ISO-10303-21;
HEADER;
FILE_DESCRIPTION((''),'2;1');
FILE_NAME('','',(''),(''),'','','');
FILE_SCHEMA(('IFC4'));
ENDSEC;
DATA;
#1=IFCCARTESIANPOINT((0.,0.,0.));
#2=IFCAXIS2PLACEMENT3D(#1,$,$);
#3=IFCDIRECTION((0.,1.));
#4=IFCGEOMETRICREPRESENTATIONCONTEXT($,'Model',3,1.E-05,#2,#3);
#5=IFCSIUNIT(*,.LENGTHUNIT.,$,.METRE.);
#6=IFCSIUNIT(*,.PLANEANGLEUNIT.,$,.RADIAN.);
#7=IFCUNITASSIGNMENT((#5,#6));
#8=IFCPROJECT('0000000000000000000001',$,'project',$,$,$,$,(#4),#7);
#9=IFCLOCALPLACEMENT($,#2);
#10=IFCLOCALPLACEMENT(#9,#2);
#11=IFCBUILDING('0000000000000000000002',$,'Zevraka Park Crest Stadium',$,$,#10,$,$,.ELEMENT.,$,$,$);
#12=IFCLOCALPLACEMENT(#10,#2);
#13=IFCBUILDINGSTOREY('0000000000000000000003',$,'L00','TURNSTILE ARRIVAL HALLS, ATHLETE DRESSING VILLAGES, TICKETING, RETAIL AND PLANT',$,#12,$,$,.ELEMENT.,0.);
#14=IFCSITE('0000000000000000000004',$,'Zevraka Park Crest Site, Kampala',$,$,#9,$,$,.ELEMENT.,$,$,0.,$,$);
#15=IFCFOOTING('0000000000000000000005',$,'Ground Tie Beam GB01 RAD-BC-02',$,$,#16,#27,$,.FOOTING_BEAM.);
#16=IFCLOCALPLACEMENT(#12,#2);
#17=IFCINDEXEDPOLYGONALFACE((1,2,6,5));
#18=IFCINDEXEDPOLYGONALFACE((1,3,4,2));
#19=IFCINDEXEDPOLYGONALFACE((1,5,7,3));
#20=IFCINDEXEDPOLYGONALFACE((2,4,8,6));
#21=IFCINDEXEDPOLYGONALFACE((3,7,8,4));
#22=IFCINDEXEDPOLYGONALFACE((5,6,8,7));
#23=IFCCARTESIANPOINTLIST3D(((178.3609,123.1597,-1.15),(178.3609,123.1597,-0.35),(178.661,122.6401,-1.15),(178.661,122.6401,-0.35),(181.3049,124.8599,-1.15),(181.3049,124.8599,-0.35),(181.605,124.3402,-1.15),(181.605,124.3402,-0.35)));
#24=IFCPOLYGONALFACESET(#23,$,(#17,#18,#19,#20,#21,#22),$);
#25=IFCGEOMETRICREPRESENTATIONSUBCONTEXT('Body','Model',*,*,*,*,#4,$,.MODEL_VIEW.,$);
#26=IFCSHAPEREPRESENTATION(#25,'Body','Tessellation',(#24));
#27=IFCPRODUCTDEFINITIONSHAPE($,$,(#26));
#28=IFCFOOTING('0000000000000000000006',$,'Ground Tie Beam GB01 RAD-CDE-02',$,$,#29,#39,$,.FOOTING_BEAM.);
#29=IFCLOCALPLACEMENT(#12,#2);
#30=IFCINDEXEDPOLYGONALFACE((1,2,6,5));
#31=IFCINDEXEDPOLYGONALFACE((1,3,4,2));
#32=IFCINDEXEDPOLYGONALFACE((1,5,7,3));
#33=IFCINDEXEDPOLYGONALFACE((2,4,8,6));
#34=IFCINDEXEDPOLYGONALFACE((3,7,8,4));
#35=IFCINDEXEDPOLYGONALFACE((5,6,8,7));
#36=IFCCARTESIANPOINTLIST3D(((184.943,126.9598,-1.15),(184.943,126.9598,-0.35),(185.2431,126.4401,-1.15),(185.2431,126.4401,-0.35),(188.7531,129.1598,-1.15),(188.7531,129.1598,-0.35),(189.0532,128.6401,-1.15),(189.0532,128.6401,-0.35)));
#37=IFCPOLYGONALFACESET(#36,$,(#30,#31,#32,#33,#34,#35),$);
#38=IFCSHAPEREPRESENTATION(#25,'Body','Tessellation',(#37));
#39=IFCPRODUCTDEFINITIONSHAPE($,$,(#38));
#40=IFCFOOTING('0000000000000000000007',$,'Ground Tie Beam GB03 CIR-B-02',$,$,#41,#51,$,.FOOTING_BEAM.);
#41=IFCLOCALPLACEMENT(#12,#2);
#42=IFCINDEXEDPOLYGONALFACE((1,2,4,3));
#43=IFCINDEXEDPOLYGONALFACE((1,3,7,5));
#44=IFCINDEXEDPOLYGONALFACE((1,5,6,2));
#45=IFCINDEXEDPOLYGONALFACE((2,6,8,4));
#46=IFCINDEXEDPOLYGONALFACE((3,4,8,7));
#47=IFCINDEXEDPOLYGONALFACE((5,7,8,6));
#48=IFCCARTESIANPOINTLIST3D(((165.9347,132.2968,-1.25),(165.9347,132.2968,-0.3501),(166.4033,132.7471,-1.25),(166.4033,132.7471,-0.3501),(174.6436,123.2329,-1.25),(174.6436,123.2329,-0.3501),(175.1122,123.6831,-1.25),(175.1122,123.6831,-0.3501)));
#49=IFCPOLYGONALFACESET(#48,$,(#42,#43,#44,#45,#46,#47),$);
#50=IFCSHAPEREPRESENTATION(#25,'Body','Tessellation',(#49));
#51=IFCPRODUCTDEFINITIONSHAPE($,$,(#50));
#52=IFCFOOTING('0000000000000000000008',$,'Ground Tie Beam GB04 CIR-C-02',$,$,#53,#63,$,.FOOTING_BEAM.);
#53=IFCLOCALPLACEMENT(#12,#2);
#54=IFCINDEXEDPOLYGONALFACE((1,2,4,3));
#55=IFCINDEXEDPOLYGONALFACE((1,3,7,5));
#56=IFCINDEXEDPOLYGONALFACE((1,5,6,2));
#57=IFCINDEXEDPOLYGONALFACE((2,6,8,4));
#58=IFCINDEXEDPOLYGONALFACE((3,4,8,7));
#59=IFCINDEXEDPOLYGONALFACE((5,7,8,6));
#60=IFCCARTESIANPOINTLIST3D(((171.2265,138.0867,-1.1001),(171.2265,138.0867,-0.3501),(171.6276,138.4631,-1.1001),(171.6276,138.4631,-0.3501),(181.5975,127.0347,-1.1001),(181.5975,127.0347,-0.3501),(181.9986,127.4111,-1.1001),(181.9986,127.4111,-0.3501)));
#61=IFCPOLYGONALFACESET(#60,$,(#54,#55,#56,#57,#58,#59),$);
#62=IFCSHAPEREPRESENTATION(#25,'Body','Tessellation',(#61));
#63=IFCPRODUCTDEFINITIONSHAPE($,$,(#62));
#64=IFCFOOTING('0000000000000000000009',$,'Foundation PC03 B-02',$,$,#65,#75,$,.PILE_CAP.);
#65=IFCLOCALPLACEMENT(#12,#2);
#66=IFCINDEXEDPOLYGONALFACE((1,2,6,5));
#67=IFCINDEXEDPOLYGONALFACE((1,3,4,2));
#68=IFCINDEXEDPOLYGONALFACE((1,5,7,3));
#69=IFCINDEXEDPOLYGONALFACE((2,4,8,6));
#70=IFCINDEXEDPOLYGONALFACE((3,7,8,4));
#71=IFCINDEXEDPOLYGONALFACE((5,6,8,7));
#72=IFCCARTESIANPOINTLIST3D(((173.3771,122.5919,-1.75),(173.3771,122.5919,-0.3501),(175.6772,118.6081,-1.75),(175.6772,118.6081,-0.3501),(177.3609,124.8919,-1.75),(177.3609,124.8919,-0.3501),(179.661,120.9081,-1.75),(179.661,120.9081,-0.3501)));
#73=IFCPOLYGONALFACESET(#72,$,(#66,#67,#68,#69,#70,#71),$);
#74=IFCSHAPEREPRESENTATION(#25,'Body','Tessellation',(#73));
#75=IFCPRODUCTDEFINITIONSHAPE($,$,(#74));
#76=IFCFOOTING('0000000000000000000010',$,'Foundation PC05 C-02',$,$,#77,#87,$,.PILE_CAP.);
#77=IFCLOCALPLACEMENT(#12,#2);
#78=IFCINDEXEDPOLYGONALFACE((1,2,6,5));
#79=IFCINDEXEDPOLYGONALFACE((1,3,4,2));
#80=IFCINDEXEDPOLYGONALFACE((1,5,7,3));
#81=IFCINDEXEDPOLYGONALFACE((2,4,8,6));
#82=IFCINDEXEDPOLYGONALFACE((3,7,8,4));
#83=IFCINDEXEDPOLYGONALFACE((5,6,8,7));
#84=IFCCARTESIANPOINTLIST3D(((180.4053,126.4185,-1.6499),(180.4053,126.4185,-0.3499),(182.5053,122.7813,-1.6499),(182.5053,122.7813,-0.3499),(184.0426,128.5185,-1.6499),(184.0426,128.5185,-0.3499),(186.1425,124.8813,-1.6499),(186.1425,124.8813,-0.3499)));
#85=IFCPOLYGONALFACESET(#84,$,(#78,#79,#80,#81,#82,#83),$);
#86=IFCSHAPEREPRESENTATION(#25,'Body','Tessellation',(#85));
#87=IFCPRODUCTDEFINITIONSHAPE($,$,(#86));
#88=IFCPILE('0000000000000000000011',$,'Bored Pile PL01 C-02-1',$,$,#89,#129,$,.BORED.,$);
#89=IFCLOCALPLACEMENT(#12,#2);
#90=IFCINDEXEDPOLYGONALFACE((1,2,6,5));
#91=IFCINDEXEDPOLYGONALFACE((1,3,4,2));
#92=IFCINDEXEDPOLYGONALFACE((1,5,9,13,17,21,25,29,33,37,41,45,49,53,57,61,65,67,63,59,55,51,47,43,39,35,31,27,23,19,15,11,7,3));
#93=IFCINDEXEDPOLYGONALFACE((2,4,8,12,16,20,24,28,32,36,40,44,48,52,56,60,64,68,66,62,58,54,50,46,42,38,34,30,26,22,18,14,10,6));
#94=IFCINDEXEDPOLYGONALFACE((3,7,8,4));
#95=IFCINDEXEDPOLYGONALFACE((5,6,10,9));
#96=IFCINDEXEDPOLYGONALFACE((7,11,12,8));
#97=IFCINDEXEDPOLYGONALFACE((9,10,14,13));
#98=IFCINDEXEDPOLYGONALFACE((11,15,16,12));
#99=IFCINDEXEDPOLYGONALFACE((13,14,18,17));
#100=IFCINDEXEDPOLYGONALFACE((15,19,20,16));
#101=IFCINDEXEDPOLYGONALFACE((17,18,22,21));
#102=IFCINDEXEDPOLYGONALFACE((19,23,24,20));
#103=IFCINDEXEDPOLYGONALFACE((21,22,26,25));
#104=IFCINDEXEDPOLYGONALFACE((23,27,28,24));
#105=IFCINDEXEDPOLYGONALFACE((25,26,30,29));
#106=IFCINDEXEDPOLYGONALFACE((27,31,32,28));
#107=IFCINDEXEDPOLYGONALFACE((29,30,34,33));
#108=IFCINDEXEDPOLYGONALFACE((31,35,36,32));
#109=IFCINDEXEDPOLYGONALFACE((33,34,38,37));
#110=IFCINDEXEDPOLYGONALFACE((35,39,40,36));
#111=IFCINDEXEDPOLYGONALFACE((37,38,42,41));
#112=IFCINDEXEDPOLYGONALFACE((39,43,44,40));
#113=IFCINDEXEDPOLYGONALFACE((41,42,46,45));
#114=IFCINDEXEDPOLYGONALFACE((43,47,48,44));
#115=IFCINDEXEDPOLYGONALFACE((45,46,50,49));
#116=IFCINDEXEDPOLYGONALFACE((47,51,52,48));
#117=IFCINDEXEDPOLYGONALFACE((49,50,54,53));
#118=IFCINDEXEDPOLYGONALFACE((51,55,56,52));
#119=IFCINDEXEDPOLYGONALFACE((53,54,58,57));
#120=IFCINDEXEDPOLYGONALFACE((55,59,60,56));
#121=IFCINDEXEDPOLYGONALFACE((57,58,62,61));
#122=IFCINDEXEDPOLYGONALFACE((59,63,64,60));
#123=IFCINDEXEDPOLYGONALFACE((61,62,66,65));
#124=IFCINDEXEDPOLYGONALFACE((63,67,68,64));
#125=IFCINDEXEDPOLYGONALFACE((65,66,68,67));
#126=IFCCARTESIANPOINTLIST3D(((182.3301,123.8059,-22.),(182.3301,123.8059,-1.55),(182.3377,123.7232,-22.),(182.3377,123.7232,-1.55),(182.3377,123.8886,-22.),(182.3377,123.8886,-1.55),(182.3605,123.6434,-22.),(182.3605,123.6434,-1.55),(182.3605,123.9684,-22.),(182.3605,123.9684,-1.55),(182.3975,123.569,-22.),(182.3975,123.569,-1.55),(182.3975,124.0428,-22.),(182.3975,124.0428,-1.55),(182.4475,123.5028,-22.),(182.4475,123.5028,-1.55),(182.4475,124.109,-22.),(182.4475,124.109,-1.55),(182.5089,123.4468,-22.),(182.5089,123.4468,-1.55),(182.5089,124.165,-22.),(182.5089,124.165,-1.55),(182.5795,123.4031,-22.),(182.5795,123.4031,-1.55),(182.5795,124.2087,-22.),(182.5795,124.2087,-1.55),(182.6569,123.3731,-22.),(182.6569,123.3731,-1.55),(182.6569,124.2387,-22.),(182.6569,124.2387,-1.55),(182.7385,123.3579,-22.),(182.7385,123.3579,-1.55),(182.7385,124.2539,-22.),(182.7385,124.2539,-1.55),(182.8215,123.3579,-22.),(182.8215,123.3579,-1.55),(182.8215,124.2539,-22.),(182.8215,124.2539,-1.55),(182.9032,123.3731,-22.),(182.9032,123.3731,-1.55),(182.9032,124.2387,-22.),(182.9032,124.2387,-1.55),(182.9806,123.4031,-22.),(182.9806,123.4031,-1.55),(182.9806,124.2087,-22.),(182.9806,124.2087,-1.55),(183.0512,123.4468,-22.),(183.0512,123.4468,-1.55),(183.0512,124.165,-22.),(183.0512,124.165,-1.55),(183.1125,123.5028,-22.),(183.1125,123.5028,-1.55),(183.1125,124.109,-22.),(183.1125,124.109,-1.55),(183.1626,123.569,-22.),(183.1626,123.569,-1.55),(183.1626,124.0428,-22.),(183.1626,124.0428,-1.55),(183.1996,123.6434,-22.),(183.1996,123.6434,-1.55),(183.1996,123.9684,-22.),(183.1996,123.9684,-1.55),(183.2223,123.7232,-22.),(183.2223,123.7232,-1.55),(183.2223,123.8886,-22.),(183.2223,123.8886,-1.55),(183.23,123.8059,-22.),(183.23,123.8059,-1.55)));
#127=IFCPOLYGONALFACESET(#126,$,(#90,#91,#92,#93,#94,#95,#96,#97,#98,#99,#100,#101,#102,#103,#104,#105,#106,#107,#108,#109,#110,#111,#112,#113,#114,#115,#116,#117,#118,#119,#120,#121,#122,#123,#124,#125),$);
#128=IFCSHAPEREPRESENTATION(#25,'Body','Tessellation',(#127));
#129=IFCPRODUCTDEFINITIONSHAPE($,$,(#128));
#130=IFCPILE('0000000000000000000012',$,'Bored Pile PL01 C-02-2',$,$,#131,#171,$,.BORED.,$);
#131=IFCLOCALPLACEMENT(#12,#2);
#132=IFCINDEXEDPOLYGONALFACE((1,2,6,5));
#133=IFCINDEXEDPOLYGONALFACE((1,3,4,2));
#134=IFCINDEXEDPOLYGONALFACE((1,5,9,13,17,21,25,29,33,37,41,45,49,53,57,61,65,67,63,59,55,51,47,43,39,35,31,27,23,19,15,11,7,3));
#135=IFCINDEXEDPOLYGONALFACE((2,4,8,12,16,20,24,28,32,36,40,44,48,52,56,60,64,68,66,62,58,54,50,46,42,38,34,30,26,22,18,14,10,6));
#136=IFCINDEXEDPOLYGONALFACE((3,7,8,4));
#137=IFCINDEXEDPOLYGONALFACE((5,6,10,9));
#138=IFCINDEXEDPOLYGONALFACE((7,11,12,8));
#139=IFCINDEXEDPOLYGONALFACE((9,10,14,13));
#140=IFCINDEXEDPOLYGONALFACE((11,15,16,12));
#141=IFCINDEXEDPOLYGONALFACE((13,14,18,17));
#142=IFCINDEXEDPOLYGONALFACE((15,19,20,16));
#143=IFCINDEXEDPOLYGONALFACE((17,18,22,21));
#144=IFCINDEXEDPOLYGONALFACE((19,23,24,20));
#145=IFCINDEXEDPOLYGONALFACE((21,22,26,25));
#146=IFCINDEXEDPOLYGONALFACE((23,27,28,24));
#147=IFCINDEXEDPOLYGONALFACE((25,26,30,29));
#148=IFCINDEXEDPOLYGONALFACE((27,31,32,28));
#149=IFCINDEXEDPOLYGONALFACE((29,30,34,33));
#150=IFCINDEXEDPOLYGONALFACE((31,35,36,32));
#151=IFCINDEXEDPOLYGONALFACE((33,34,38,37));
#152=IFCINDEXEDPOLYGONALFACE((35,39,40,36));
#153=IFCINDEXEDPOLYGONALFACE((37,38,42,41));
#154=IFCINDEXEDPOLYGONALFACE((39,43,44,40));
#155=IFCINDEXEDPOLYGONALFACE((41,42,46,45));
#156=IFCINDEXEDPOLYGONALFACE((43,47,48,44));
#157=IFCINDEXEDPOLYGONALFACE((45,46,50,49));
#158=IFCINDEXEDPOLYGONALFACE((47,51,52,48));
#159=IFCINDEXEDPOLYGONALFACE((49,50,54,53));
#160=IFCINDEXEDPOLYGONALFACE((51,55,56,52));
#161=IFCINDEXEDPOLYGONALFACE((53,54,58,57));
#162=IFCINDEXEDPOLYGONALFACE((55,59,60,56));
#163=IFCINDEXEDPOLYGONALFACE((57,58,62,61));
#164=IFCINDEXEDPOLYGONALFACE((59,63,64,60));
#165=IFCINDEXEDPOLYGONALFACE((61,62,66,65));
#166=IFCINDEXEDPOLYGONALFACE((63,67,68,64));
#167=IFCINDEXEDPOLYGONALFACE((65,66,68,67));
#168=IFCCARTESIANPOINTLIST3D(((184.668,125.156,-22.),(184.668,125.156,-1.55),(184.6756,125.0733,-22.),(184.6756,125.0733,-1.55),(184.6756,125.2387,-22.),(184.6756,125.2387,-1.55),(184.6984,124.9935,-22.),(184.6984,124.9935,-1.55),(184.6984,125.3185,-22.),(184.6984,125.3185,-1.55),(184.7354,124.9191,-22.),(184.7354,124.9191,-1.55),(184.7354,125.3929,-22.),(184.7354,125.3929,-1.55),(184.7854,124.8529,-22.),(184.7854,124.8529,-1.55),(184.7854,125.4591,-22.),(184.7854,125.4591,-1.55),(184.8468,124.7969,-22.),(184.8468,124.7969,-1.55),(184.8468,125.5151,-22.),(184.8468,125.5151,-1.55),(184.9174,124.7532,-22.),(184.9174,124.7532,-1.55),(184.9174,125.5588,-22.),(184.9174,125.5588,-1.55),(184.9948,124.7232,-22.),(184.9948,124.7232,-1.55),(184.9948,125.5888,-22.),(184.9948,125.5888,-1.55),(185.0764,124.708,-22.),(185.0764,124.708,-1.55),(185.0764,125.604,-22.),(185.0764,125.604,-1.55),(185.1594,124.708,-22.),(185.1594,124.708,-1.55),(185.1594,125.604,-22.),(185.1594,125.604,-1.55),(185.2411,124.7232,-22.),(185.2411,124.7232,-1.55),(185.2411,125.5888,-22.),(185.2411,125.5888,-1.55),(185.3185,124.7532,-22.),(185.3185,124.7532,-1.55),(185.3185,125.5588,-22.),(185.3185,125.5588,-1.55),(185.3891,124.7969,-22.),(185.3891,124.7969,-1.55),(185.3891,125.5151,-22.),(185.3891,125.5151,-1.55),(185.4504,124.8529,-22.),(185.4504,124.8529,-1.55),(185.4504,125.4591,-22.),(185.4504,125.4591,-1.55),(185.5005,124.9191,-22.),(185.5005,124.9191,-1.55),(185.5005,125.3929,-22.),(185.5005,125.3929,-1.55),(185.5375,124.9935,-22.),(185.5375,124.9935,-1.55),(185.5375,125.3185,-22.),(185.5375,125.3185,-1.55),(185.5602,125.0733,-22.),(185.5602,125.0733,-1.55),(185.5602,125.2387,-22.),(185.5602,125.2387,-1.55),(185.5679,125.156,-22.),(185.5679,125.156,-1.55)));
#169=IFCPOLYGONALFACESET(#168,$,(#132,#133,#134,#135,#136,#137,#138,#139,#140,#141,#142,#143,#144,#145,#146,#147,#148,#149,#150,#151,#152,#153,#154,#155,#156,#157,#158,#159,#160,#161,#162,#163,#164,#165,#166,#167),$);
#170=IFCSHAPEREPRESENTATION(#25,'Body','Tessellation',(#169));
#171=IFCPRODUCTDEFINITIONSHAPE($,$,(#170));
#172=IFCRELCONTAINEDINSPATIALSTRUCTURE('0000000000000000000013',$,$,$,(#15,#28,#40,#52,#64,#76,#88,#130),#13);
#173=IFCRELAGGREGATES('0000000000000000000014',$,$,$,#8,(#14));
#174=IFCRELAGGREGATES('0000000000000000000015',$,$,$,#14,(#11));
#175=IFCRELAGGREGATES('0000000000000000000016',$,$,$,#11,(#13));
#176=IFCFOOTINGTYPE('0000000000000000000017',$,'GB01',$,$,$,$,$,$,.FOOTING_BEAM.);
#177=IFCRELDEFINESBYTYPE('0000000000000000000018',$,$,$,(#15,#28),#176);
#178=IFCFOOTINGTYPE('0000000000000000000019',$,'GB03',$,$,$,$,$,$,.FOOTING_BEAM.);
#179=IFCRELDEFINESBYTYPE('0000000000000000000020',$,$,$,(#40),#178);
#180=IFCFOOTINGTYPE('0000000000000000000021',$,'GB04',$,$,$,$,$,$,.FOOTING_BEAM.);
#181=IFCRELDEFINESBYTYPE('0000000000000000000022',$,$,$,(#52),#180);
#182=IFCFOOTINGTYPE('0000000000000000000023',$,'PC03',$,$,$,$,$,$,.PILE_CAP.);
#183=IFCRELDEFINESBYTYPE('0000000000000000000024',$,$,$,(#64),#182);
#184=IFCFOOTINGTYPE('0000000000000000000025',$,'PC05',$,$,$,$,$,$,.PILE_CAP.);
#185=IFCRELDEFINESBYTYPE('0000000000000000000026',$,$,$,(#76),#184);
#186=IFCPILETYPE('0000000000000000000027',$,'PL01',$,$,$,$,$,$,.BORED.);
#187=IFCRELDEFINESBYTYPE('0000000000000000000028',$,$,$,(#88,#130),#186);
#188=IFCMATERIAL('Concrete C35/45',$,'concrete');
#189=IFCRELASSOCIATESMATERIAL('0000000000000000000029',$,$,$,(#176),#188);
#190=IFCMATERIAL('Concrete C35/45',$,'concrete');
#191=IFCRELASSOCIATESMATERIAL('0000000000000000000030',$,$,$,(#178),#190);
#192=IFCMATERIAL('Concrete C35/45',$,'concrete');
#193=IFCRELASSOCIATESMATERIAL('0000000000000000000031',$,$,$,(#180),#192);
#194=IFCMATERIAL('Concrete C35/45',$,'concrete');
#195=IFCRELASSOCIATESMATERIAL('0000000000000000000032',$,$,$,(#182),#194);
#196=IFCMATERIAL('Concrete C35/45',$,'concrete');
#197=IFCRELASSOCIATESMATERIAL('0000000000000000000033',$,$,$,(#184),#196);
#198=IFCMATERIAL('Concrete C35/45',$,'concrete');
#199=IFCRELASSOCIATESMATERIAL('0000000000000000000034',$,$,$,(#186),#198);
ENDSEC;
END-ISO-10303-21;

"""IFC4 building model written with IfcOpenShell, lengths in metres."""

from ifc_helpers import new_model, si_unit, direction, frame, origin, origin_2d, place, context, subcontext, project, spatial, rectangle, circle, extrude, material, material_profile, profile_set, type_object, element, save


model = new_model("IFC4")

# Units and contexts
model_context = context("Model", 3, precision=1e-05, world=origin(), true_north=direction((0.0, 1.0)))
body_context = subcontext(model_context, "Body", "Model", "MODEL_VIEW")
ifc_project = project(units=[si_unit("LENGTHUNIT", "METRE"), si_unit("PLANEANGLEUNIT", "RADIAN")], contexts=[model_context])

# Site, building, storey
site_placement = place(None, origin())
site = spatial("IfcSite", under=ifc_project, at=site_placement, Name="Zevraka Park Crest Site, Kampala", CompositionType="ELEMENT", RefElevation=0.0)
building_placement = place(site_placement, origin())
building = spatial("IfcBuilding", under=site, at=building_placement, Name="Zevraka Park Crest Stadium", CompositionType="ELEMENT")
storey_placement = place(building_placement, origin())
storey = spatial("IfcBuildingStorey", under=building, at=storey_placement, Name="L00", Description="TURNSTILE ARRIVAL HALLS, ATHLETE DRESSING VILLAGES, TICKETING, RETAIL AND PLANT", CompositionType="ELEMENT", Elevation=0.0)

# Footings
ifc_material_1 = material(Name="Concrete C35/45", Category="concrete")
ifc_material_profile_1 = material_profile(ifc_material_1, rectangle(XDim=0.6001, YDim=0.8, at=origin_2d()), Name="GB 800x600")
ifc_profile_set_1 = profile_set([ifc_material_profile_1], Name="Concrete C35/45")
footing_type_1 = type_object("IfcFootingType", Name="GB01", PredefinedType="FOOTING_BEAM", material=ifc_profile_set_1)
footing_1_placement = place(storey_placement, frame((178.511, 122.8999, -0.75), z_axis=(0.865972, 0.500093, 0.0), x_axis=(-0.500093, 0.865972, 0.0)))
element("IfcFooting", 1, at=footing_1_placement, inside=storey, type_object=footing_type_1, Name="Ground Tie Beam GB01 RAD-BC-02", PredefinedType="FOOTING_BEAM", context=body_context, shape_type="SweptSolid", body=[
    extrude(rectangle(XDim=0.6001, YDim=0.8, at=origin_2d()), origin(), (0.0, 0.0, 1.0), 3.3997),
])
footing_2_placement = place(storey_placement, frame((185.093, 126.7, -0.75), z_axis=(0.866004, 0.500036, 0.0), x_axis=(-0.500036, 0.866004, 0.0)))
element("IfcFooting", 2, at=footing_2_placement, inside=storey, type_object=footing_type_1, Name="Ground Tie Beam GB01 RAD-CDE-02", PredefinedType="FOOTING_BEAM", context=body_context, shape_type="SweptSolid", body=[
    extrude(rectangle(XDim=0.6001, YDim=0.8, at=origin_2d()), origin(), (0.0, 0.0, 1.0), 4.3997),
])
ifc_material_2 = material(Name="Concrete C35/45", Category="concrete")
ifc_material_profile_2 = material_profile(ifc_material_2, rectangle(XDim=0.6499, YDim=0.8999, at=origin_2d()), Name="GB 900x650")
ifc_profile_set_2 = profile_set([ifc_material_profile_2], Name="Concrete C35/45")
footing_type_2 = type_object("IfcFootingType", Name="GB03", PredefinedType="FOOTING_BEAM", material=ifc_profile_set_2)
footing_3_placement = place(storey_placement, frame((174.8779, 123.458, -0.8), z_axis=(-0.692846, 0.721086, 0.0), x_axis=(-0.721086, -0.692846, 0.0)))
element("IfcFooting", 3, at=footing_3_placement, inside=storey, type_object=footing_type_2, Name="Ground Tie Beam GB03 CIR-B-02", PredefinedType="FOOTING_BEAM", context=body_context, shape_type="SweptSolid", body=[
    extrude(rectangle(XDim=0.6499, YDim=0.8999, at=origin_2d()), origin(), (0.0, 0.0, 1.0), 12.5698),
])
ifc_material_3 = material(Name="Concrete C35/45", Category="concrete")
ifc_material_profile_3 = material_profile(ifc_material_3, rectangle(XDim=0.55, YDim=0.75, at=origin_2d()), Name="GB 750x550")
ifc_profile_set_3 = profile_set([ifc_material_profile_3], Name="Concrete C35/45")
footing_type_3 = type_object("IfcFootingType", Name="GB04", PredefinedType="FOOTING_BEAM", material=ifc_profile_set_3)
footing_4_placement = place(storey_placement, frame((181.7981, 127.2229, -0.7251), z_axis=(-0.684287, 0.729213, 0.0), x_axis=(-0.729213, -0.684287, 0.0)))
element("IfcFooting", 4, at=footing_4_placement, inside=storey, type_object=footing_type_3, Name="Ground Tie Beam GB04 CIR-C-02", PredefinedType="FOOTING_BEAM", context=body_context, shape_type="SweptSolid", body=[
    extrude(rectangle(XDim=0.55, YDim=0.75, at=origin_2d()), origin(), (0.0, 0.0, 1.0), 15.156),
])
ifc_material_4 = material(Name="Concrete C35/45", Category="concrete")
footing_type_4 = type_object("IfcFootingType", Name="PC03", PredefinedType="PILE_CAP", material=ifc_material_4)
footing_5_placement = place(storey_placement, frame((176.519, 121.75, -1.75), z_axis=(0.0, 0.0, 1.0), x_axis=(0.866025, 0.5, 0.0)))
element("IfcFooting", 5, at=footing_5_placement, inside=storey, type_object=footing_type_4, Name="Foundation PC03 B-02", PredefinedType="PILE_CAP", context=body_context, shape_type="SweptSolid", body=[
    extrude(rectangle(XDim=4.6001, YDim=4.6001, at=origin_2d()), origin(), (0.0, 0.0, 1.0), 1.3999),
])
ifc_material_5 = material(Name="Concrete C35/45", Category="concrete")
footing_type_5 = type_object("IfcFootingType", Name="PC05", PredefinedType="PILE_CAP", material=ifc_material_5)
footing_6_placement = place(storey_placement, frame((183.2739, 125.6499, -1.6499), z_axis=(0.0, 0.0, 1.0), x_axis=(0.866025, 0.5, 0.0)))
element("IfcFooting", 6, at=footing_6_placement, inside=storey, type_object=footing_type_5, Name="Foundation PC05 C-02", PredefinedType="PILE_CAP", context=body_context, shape_type="SweptSolid", body=[
    extrude(rectangle(XDim=4.2, YDim=4.2, at=origin_2d()), origin(), (0.0, 0.0, 1.0), 1.3),
])

# Piles
ifc_material_6 = material(Name="Concrete C35/45", Category="concrete")
ifc_material_profile_4 = material_profile(ifc_material_6, circle(Radius=0.45, at=origin_2d()), Name="PILE D900")
ifc_profile_set_4 = profile_set([ifc_material_profile_4], Name="Concrete C35/45")
pile_type_1 = type_object("IfcPileType", Name="PL01", PredefinedType="BORED", material=ifc_profile_set_4)
for number, where, z_axis, x_axis, name in (
    (7, (182.78, 123.8059, -1.55), (0.0, 0.0, -1.0), (1.0, 0.0, 0.0), "Bored Pile PL01 C-02-1"),
    (8, (185.1179, 125.156, -1.55), (0.0, 0.0, -1.0), (1.0, 0.0, 0.0), "Bored Pile PL01 C-02-2"),
):
    element("IfcPile", number, at=place(storey_placement, frame(where, z_axis=z_axis, x_axis=x_axis)), inside=storey, type_object=pile_type_1, Name=name, PredefinedType="BORED", context=body_context, shape_type="SweptSolid", body=[
        extrude(circle(Radius=0.45, at=origin_2d()), origin(), (0.0, 0.0, 1.0), 20.45),
    ])

save(model, "model.ifc")
